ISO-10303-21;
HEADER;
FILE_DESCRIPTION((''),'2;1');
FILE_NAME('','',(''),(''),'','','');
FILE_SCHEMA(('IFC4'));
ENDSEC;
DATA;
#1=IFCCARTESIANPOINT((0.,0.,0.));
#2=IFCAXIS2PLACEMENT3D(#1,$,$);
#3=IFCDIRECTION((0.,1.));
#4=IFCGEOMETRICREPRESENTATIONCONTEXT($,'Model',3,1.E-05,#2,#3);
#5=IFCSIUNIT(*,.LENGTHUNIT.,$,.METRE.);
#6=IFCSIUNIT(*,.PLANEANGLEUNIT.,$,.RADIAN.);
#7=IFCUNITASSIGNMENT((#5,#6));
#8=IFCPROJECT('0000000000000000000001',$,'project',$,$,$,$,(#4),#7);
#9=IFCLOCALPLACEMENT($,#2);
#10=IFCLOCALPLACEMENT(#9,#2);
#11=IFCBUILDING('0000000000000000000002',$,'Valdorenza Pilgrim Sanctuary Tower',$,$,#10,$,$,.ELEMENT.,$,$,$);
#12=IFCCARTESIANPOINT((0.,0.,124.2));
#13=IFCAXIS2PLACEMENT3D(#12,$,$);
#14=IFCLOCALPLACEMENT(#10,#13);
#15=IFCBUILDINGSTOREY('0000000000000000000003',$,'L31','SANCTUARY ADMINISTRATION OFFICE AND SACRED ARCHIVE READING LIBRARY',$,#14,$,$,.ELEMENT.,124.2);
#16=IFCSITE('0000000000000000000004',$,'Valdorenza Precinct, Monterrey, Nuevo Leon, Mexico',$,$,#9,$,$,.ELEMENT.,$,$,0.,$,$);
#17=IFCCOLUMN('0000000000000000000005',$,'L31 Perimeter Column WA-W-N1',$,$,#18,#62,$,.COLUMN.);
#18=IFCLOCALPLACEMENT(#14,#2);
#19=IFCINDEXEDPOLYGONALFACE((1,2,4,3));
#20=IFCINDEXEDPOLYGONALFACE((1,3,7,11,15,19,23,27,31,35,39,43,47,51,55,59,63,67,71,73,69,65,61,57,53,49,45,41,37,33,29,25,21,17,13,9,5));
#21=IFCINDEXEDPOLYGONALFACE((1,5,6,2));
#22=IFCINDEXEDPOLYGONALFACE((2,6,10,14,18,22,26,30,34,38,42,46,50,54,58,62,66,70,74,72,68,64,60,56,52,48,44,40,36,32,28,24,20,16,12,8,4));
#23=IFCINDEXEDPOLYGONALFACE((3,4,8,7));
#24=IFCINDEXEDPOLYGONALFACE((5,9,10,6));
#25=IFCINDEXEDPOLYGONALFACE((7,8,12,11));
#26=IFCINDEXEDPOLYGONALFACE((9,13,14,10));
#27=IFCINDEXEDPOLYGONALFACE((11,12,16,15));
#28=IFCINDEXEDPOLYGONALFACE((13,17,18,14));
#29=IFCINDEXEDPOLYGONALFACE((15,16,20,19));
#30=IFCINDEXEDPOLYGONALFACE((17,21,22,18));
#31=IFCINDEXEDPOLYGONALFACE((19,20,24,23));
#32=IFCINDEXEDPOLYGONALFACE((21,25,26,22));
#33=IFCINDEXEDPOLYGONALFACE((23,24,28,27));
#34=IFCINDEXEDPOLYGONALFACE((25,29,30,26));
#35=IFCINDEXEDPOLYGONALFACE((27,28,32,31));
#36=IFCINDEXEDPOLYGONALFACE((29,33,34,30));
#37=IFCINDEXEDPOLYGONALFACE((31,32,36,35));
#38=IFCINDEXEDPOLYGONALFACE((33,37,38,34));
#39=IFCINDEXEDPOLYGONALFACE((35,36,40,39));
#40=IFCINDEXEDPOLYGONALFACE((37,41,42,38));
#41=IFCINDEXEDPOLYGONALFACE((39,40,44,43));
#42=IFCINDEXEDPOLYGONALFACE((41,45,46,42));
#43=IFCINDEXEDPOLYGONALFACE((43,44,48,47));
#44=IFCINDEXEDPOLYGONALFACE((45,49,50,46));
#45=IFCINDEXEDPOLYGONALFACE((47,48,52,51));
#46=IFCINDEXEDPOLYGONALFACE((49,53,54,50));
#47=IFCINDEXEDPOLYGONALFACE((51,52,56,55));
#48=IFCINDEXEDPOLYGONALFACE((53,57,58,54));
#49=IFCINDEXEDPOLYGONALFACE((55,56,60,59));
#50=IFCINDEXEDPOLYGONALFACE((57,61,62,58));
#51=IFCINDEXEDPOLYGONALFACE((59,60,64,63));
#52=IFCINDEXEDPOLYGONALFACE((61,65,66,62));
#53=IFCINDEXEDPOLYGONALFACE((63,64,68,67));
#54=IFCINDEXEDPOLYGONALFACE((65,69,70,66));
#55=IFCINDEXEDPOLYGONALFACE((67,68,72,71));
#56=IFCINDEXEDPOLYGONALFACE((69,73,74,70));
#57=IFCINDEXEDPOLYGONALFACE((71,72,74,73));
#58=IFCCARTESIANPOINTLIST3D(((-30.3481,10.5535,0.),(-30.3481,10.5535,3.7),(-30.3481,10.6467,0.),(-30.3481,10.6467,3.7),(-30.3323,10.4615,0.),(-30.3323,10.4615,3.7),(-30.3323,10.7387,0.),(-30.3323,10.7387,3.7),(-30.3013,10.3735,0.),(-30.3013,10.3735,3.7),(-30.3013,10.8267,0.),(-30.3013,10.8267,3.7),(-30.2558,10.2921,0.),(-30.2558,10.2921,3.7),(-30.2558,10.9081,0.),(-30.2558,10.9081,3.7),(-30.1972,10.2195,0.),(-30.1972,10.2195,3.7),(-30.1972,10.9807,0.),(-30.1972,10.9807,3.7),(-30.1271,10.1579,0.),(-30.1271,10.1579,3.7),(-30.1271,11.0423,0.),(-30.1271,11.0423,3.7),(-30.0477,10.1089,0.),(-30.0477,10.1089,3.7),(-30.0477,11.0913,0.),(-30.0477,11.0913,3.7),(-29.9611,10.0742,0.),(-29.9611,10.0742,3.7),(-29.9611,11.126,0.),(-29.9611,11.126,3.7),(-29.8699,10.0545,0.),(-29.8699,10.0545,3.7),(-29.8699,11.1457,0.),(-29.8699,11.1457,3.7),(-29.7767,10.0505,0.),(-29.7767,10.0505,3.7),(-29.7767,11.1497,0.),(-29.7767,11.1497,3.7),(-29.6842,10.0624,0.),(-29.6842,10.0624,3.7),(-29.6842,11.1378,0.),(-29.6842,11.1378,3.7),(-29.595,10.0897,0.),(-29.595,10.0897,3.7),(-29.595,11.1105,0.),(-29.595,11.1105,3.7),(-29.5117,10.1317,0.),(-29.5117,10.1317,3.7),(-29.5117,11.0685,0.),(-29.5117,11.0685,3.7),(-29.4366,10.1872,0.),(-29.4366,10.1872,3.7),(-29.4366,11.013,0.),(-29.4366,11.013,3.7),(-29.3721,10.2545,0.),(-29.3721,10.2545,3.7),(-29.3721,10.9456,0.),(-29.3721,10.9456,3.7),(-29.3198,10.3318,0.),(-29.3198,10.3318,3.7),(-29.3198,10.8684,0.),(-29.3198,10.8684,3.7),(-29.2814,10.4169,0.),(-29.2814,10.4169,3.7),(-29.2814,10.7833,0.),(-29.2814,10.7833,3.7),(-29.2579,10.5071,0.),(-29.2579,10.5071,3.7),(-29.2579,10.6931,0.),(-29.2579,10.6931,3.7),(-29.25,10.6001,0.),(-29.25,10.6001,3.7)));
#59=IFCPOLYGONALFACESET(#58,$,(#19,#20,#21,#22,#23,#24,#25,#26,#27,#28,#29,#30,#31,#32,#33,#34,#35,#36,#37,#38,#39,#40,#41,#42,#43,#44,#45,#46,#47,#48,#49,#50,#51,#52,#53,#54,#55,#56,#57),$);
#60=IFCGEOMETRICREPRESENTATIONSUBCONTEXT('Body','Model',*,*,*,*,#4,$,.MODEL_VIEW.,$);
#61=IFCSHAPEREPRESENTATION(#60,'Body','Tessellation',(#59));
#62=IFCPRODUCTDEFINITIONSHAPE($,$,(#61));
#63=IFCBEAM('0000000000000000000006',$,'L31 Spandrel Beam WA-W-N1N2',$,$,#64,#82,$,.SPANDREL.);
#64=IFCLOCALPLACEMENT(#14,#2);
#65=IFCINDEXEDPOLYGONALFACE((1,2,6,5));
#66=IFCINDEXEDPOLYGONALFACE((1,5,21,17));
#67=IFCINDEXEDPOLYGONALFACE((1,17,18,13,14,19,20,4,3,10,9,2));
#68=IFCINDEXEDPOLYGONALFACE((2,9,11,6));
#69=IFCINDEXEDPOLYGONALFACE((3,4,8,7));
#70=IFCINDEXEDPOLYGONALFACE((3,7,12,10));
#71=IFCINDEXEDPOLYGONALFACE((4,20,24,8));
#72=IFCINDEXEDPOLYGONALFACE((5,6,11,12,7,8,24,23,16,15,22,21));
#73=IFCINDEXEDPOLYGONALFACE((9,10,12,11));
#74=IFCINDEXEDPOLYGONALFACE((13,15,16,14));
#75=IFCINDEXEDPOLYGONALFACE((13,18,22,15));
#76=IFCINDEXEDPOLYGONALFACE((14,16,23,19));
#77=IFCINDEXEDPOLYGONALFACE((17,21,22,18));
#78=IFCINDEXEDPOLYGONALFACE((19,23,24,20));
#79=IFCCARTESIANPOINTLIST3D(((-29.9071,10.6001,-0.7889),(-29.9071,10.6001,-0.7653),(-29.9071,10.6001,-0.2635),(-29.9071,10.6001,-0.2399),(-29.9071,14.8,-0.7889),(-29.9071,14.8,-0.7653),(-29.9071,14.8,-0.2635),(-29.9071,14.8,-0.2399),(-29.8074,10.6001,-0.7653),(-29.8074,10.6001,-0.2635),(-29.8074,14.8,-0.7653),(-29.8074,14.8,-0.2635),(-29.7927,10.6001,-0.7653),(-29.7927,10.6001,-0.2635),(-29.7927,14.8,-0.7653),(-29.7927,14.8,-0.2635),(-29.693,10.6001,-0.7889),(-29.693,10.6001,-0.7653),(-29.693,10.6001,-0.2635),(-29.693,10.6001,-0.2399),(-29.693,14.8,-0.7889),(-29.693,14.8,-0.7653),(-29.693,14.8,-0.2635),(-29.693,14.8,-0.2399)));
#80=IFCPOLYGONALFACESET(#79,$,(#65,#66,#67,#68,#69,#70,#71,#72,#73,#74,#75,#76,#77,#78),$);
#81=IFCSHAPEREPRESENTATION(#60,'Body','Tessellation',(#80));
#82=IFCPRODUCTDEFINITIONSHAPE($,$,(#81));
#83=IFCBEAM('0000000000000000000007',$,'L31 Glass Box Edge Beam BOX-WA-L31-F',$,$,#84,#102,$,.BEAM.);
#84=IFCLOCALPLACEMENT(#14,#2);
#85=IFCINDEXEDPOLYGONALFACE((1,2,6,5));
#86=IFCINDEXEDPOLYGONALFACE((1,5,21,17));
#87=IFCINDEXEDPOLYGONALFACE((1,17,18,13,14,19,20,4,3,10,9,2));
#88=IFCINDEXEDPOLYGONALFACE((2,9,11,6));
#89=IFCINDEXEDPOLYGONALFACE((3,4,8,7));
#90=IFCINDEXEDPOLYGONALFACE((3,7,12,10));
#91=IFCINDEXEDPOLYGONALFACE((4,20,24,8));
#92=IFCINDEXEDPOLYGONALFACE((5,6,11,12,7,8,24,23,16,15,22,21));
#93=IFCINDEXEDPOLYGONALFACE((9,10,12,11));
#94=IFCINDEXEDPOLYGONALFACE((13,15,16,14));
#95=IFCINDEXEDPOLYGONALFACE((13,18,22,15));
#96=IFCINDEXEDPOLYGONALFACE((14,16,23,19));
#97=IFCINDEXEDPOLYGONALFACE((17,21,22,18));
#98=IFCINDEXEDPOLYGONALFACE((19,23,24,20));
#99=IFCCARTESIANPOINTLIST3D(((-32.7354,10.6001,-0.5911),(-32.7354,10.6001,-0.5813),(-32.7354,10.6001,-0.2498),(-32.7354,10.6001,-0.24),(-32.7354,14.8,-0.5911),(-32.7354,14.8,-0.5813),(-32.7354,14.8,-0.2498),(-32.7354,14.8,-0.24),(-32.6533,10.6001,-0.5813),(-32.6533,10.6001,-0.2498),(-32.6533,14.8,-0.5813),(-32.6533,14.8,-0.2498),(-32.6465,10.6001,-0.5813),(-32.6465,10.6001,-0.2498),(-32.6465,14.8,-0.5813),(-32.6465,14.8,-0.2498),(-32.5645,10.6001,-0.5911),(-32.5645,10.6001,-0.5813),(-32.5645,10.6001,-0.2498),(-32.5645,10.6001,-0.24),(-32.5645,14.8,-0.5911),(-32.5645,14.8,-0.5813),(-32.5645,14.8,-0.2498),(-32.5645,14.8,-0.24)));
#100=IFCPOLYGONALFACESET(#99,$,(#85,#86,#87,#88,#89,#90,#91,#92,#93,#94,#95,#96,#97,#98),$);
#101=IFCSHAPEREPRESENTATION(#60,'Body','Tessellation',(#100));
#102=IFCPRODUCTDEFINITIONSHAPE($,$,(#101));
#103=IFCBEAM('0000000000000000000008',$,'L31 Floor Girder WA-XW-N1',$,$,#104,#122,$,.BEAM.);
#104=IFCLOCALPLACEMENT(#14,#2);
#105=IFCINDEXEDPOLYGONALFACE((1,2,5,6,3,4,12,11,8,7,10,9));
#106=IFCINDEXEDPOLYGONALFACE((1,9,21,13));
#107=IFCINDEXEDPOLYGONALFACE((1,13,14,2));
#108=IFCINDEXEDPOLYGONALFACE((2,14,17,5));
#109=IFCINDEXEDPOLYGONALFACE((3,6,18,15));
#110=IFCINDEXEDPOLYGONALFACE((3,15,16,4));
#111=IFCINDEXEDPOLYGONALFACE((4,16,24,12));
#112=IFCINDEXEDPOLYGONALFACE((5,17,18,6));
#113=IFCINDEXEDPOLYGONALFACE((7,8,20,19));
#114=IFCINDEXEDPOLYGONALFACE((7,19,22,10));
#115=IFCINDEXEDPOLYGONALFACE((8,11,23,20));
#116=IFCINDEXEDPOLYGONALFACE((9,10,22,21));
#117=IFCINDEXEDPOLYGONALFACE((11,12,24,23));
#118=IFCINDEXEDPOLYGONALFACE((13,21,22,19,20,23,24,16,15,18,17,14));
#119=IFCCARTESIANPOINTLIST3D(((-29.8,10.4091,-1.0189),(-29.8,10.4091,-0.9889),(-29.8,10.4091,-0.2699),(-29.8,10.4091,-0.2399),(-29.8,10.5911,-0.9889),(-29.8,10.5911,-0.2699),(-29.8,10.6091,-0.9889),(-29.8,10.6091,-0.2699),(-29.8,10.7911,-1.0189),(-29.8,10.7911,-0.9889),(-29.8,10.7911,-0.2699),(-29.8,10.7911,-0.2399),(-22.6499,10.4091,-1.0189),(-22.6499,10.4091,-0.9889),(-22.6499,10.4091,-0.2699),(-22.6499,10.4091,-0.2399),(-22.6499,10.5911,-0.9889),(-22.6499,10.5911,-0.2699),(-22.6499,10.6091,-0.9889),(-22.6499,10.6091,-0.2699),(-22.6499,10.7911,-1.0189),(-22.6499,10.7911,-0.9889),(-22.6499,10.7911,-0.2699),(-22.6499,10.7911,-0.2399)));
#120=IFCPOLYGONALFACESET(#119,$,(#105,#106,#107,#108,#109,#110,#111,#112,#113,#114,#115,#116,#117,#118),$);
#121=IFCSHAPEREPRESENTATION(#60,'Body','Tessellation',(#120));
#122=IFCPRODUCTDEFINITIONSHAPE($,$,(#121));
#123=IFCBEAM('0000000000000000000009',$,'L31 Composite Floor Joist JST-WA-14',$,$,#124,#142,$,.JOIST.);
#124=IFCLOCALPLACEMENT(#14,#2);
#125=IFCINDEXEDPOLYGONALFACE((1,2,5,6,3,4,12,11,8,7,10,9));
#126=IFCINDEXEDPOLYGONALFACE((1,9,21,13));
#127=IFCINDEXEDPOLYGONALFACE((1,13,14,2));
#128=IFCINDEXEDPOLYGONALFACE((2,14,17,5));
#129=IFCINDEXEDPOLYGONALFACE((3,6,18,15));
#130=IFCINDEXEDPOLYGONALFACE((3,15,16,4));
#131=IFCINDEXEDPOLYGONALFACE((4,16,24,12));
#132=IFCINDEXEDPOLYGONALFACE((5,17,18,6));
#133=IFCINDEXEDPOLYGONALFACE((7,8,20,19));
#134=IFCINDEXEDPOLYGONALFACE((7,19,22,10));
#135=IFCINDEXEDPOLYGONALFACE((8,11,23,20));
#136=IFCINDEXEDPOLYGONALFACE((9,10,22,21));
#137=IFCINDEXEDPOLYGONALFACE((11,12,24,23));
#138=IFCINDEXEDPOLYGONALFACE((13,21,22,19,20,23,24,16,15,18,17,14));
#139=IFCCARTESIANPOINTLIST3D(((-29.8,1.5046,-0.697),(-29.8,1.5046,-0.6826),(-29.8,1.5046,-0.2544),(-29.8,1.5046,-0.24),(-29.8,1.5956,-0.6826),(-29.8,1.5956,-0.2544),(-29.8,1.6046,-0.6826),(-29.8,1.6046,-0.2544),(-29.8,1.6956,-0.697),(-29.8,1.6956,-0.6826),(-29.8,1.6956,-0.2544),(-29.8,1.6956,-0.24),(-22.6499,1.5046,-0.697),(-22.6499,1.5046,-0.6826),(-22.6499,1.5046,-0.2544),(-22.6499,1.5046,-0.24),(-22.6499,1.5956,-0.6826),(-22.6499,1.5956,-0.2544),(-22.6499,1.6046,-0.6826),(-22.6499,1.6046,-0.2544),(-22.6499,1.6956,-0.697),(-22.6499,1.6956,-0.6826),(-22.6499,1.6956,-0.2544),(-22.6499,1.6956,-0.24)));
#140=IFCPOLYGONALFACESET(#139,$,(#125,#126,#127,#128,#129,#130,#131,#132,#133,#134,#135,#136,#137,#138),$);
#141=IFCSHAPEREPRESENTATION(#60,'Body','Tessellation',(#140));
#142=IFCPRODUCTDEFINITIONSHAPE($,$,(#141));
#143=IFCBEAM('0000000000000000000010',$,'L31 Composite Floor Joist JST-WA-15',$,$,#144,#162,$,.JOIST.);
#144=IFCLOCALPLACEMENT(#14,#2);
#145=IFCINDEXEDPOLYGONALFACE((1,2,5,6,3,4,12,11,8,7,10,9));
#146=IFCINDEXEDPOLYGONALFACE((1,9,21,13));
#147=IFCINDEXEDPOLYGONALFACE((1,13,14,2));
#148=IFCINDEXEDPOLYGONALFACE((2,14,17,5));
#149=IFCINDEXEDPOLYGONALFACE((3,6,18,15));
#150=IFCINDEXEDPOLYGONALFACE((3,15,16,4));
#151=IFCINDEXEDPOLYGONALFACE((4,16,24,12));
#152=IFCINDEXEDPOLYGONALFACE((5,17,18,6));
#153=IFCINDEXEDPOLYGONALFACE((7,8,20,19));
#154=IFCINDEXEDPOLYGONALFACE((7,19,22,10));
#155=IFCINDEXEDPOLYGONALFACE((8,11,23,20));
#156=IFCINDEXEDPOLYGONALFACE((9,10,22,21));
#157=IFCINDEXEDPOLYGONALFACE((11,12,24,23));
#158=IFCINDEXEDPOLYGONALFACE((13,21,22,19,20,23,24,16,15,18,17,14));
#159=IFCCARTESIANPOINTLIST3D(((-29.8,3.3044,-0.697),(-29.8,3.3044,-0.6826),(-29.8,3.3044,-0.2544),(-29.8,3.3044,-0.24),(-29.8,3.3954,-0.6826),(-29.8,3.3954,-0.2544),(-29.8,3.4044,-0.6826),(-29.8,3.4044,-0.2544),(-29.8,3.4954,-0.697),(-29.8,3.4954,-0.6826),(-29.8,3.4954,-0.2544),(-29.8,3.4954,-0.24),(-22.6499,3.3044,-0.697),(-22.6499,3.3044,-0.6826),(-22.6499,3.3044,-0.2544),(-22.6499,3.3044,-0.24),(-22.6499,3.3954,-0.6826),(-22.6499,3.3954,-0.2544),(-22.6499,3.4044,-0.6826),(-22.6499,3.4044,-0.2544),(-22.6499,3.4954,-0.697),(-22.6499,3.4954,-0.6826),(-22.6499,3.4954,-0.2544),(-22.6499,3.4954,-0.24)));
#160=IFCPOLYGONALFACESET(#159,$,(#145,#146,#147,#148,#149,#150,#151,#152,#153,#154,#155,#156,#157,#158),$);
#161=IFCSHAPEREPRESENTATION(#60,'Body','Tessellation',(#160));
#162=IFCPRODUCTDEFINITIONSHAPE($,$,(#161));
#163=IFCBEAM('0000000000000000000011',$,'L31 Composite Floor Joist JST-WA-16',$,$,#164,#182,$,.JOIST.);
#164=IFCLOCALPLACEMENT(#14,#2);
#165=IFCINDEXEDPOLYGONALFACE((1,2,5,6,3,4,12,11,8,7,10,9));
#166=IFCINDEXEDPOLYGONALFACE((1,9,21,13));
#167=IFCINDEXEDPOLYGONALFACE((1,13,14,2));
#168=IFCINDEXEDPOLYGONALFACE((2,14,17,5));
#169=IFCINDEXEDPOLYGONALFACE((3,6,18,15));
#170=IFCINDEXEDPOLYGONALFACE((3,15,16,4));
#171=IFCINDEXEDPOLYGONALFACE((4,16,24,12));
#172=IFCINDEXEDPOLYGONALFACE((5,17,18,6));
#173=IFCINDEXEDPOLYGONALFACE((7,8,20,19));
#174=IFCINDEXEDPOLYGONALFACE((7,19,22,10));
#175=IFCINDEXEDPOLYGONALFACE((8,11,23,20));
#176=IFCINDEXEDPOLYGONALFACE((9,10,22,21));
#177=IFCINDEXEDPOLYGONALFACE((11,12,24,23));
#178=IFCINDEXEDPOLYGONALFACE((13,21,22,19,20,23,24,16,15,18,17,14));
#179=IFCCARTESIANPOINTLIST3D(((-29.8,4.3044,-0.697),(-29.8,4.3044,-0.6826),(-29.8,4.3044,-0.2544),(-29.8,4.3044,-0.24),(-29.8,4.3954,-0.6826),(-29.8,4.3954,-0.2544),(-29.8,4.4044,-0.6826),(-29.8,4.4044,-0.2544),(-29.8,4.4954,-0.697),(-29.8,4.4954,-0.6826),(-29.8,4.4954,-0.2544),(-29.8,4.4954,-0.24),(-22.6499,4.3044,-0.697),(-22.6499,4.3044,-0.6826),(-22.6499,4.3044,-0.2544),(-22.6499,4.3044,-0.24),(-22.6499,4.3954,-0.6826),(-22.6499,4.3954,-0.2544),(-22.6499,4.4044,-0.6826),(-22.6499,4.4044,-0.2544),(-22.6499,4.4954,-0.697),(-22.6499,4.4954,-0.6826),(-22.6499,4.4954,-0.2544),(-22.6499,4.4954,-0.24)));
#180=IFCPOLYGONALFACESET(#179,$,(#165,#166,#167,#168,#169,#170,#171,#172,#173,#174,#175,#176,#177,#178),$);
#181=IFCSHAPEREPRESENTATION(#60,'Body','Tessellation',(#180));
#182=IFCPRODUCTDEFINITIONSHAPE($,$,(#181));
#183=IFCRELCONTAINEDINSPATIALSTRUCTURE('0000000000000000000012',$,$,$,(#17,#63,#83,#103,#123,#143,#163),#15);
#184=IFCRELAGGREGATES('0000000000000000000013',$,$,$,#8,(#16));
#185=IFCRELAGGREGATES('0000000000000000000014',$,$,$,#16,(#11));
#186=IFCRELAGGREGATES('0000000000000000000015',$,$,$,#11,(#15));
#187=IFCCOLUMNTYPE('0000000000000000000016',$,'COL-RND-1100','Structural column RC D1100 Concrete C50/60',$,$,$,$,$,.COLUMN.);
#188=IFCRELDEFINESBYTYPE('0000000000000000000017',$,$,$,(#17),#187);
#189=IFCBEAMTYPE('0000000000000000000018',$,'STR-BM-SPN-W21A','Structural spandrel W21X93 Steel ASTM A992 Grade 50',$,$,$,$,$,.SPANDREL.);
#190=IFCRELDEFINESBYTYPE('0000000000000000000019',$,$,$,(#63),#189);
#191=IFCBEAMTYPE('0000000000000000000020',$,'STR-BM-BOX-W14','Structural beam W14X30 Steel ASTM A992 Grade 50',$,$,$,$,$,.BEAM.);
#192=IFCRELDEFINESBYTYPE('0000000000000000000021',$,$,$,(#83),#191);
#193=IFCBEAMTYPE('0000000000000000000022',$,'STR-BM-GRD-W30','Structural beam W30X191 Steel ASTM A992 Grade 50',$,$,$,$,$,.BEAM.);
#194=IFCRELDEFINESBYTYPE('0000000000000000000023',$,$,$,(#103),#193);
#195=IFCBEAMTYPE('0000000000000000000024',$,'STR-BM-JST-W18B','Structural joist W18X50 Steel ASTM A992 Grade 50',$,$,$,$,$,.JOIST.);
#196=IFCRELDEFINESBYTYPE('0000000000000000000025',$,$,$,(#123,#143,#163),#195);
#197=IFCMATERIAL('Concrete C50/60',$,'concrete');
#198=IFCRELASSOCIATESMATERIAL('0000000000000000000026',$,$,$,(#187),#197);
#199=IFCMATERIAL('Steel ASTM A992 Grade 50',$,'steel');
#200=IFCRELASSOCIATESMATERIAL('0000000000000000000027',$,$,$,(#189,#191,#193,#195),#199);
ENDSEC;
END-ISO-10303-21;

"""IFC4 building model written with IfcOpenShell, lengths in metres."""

from ifc_helpers import new_model, si_unit, direction, frame, origin, origin_2d, place, context, subcontext, project, spatial, circle, i_section, extrude, source, transform, mapped, material, material_profile, profile_set, type_object, element, save


model = new_model("IFC4")

# Units and contexts
model_context = context("Model", 3, precision=1e-05, world=origin(), true_north=direction((0.0, 1.0)))
body_context = subcontext(model_context, "Body", "Model", "MODEL_VIEW")
ifc_project = project(units=[si_unit("LENGTHUNIT", "METRE"), si_unit("PLANEANGLEUNIT", "RADIAN")], contexts=[model_context])

# Site, building, storey
site_placement = place(None, origin())
site = spatial("IfcSite", under=ifc_project, at=site_placement, Name="Valdorenza Precinct, Monterrey, Nuevo Leon, Mexico", CompositionType="ELEMENT", RefElevation=0.0)
building_placement = place(site_placement, origin())
building = spatial("IfcBuilding", under=site, at=building_placement, Name="Valdorenza Pilgrim Sanctuary Tower", CompositionType="ELEMENT")
storey_placement = place(building_placement, frame((0.0, 0.0, 124.2)))
storey = spatial("IfcBuildingStorey", under=building, at=storey_placement, Name="L31", Description="SANCTUARY ADMINISTRATION OFFICE AND SACRED ARCHIVE READING LIBRARY", CompositionType="ELEMENT", Elevation=124.2)

# Column
ifc_material_1 = material(Name="Concrete C50/60", Category="concrete")
ifc_material_profile_1 = material_profile(ifc_material_1, circle(Radius=0.55, at=origin_2d()), Name="RC D1100")
ifc_profile_set_1 = profile_set([ifc_material_profile_1], Name="Concrete C50/60")
column_type = type_object("IfcColumnType", Name="COL-RND-1100", Description="Structural column RC D1100 Concrete C50/60", PredefinedType="COLUMN", material=ifc_profile_set_1)
shared_shape_1 = source(origin(), body_context, "Body", "SweptSolid", [
    extrude(circle(Radius=0.55, at=origin_2d()), origin(), (0.0, 0.0, 1.0), 3.7),
])
column_placement = place(storey_placement, frame((-29.8, 10.6001, 0.0), z_axis=(0.0, 0.0, 1.0), x_axis=(1.0, 0.0, 0.0)))
element("IfcColumn", 1, at=column_placement, inside=storey, type_object=column_type, Name="L31 Perimeter Column WA-W-N1", PredefinedType="COLUMN", context=body_context, shape_type="MappedRepresentation", body=[
    mapped(shared_shape_1, transform((0.0, 0.0, 0.0), x_axis=(1.0, 0.0, 0.0), y_axis=(0.0, 1.0, 0.0), z_axis=(0.0, 0.0, 1.0), scale=1.0)),
])

# Beams
ifc_material_2 = material(Name="Steel ASTM A992 Grade 50", Category="steel")
ifc_material_profile_2 = material_profile(ifc_material_2, i_section(OverallWidth=0.2141, OverallDepth=0.5491, WebThickness=0.0146, FlangeThickness=0.0237, at=origin_2d()), Name="W21X93")
ifc_profile_set_2 = profile_set([ifc_material_profile_2], Name="Steel ASTM A992 Grade 50")
beam_type_1 = type_object("IfcBeamType", Name="STR-BM-SPN-W21A", Description="Structural spandrel W21X93 Steel ASTM A992 Grade 50", PredefinedType="SPANDREL", material=ifc_profile_set_2)
shared_shape_2 = source(origin(), body_context, "Body", "SweptSolid", [
    extrude(i_section(OverallWidth=0.2141, OverallDepth=0.5491, WebThickness=0.0146, FlangeThickness=0.0237, at=origin_2d()), origin(), (0.0, 0.0, 1.0), 4.2),
])
beam_1_placement = place(storey_placement, frame((-29.8, 10.6001, -0.5144), z_axis=(0.0, 1.0, 0.0), x_axis=(-1.0, 0.0, 0.0)))
element("IfcBeam", 2, at=beam_1_placement, inside=storey, type_object=beam_type_1, Name="L31 Spandrel Beam WA-W-N1N2", PredefinedType="SPANDREL", context=body_context, shape_type="MappedRepresentation", body=[
    mapped(shared_shape_2, transform((0.0, 0.0, 0.0), x_axis=(1.0, 0.0, 0.0), y_axis=(0.0, 1.0, 0.0), z_axis=(0.0, 0.0, 1.0), scale=1.0)),
])
ifc_material_profile_3 = material_profile(ifc_material_2, i_section(OverallWidth=0.1709, OverallDepth=0.3511, WebThickness=0.0068, FlangeThickness=0.0098, at=origin_2d()), Name="W14X30")
ifc_profile_set_3 = profile_set([ifc_material_profile_3], Name="Steel ASTM A992 Grade 50")
beam_type_2 = type_object("IfcBeamType", Name="STR-BM-BOX-W14", Description="Structural beam W14X30 Steel ASTM A992 Grade 50", PredefinedType="BEAM", material=ifc_profile_set_3)
shared_shape_3 = source(origin(), body_context, "Body", "SweptSolid", [
    extrude(i_section(OverallWidth=0.1709, OverallDepth=0.3511, WebThickness=0.0068, FlangeThickness=0.0098, at=origin_2d()), origin(), (0.0, 0.0, 1.0), 4.2),
])
beam_2_placement = place(storey_placement, frame((-32.6499, 10.6001, -0.4155), z_axis=(0.0, 1.0, 0.0), x_axis=(-1.0, 0.0, 0.0)))
element("IfcBeam", 3, at=beam_2_placement, inside=storey, type_object=beam_type_2, Name="L31 Glass Box Edge Beam BOX-WA-L31-F", PredefinedType="BEAM", context=body_context, shape_type="MappedRepresentation", body=[
    mapped(shared_shape_3, transform((0.0, 0.0, 0.0), x_axis=(1.0, 0.0, 0.0), y_axis=(0.0, 1.0, 0.0), z_axis=(0.0, 0.0, 1.0), scale=1.0)),
])
ifc_material_profile_4 = material_profile(ifc_material_2, i_section(OverallWidth=0.3821, OverallDepth=0.7791, WebThickness=0.0181, FlangeThickness=0.03, at=origin_2d()), Name="W30X191")
ifc_profile_set_4 = profile_set([ifc_material_profile_4], Name="Steel ASTM A992 Grade 50")
beam_type_3 = type_object("IfcBeamType", Name="STR-BM-GRD-W30", Description="Structural beam W30X191 Steel ASTM A992 Grade 50", PredefinedType="BEAM", material=ifc_profile_set_4)
shared_shape_4 = source(origin(), body_context, "Body", "SweptSolid", [
    extrude(i_section(OverallWidth=0.3821, OverallDepth=0.7791, WebThickness=0.0181, FlangeThickness=0.03, at=origin_2d()), origin(), (0.0, 0.0, 1.0), 7.1501),
])
beam_3_placement = place(storey_placement, frame((-29.8, 10.6001, -0.6294), z_axis=(1.0, 0.0, 0.0), x_axis=(0.0, 1.0, 0.0)))
element("IfcBeam", 4, at=beam_3_placement, inside=storey, type_object=beam_type_3, Name="L31 Floor Girder WA-XW-N1", PredefinedType="BEAM", context=body_context, shape_type="MappedRepresentation", body=[
    mapped(shared_shape_4, transform((0.0, 0.0, 0.0), x_axis=(1.0, 0.0, 0.0), y_axis=(0.0, 1.0, 0.0), z_axis=(0.0, 0.0, 1.0), scale=1.0)),
])
ifc_material_profile_5 = material_profile(ifc_material_2, i_section(OverallWidth=0.1909, OverallDepth=0.457, WebThickness=0.009, FlangeThickness=0.0144, at=origin_2d()), Name="W18X50")
ifc_profile_set_5 = profile_set([ifc_material_profile_5], Name="Steel ASTM A992 Grade 50")
beam_type_4 = type_object("IfcBeamType", Name="STR-BM-JST-W18B", Description="Structural joist W18X50 Steel ASTM A992 Grade 50", PredefinedType="JOIST", material=ifc_profile_set_5)
shared_shape_5 = source(origin(), body_context, "Body", "SweptSolid", [
    extrude(i_section(OverallWidth=0.1909, OverallDepth=0.457, WebThickness=0.009, FlangeThickness=0.0144, at=origin_2d()), origin(), (0.0, 0.0, 1.0), 7.1501),
])
for number, where, z_axis, x_axis, name in (
    (5, (-29.8, 1.6001, -0.4685), (1.0, 0.0, 0.0), (0.0, 1.0, 0.0), "L31 Composite Floor Joist JST-WA-14"),
    (6, (-29.8, 3.3999, -0.4685), (1.0, 0.0, 0.0), (0.0, 1.0, 0.0), "L31 Composite Floor Joist JST-WA-15"),
    (7, (-29.8, 4.3999, -0.4685), (1.0, 0.0, 0.0), (0.0, 1.0, 0.0), "L31 Composite Floor Joist JST-WA-16"),
):
    element("IfcBeam", number, at=place(storey_placement, frame(where, z_axis=z_axis, x_axis=x_axis)), inside=storey, type_object=beam_type_4, Name=name, PredefinedType="JOIST", context=body_context, shape_type="MappedRepresentation", body=[
        mapped(shared_shape_5, transform((0.0, 0.0, 0.0), x_axis=(1.0, 0.0, 0.0), y_axis=(0.0, 1.0, 0.0), z_axis=(0.0, 0.0, 1.0), scale=1.0)),
    ])

save(model, "model.ifc")
